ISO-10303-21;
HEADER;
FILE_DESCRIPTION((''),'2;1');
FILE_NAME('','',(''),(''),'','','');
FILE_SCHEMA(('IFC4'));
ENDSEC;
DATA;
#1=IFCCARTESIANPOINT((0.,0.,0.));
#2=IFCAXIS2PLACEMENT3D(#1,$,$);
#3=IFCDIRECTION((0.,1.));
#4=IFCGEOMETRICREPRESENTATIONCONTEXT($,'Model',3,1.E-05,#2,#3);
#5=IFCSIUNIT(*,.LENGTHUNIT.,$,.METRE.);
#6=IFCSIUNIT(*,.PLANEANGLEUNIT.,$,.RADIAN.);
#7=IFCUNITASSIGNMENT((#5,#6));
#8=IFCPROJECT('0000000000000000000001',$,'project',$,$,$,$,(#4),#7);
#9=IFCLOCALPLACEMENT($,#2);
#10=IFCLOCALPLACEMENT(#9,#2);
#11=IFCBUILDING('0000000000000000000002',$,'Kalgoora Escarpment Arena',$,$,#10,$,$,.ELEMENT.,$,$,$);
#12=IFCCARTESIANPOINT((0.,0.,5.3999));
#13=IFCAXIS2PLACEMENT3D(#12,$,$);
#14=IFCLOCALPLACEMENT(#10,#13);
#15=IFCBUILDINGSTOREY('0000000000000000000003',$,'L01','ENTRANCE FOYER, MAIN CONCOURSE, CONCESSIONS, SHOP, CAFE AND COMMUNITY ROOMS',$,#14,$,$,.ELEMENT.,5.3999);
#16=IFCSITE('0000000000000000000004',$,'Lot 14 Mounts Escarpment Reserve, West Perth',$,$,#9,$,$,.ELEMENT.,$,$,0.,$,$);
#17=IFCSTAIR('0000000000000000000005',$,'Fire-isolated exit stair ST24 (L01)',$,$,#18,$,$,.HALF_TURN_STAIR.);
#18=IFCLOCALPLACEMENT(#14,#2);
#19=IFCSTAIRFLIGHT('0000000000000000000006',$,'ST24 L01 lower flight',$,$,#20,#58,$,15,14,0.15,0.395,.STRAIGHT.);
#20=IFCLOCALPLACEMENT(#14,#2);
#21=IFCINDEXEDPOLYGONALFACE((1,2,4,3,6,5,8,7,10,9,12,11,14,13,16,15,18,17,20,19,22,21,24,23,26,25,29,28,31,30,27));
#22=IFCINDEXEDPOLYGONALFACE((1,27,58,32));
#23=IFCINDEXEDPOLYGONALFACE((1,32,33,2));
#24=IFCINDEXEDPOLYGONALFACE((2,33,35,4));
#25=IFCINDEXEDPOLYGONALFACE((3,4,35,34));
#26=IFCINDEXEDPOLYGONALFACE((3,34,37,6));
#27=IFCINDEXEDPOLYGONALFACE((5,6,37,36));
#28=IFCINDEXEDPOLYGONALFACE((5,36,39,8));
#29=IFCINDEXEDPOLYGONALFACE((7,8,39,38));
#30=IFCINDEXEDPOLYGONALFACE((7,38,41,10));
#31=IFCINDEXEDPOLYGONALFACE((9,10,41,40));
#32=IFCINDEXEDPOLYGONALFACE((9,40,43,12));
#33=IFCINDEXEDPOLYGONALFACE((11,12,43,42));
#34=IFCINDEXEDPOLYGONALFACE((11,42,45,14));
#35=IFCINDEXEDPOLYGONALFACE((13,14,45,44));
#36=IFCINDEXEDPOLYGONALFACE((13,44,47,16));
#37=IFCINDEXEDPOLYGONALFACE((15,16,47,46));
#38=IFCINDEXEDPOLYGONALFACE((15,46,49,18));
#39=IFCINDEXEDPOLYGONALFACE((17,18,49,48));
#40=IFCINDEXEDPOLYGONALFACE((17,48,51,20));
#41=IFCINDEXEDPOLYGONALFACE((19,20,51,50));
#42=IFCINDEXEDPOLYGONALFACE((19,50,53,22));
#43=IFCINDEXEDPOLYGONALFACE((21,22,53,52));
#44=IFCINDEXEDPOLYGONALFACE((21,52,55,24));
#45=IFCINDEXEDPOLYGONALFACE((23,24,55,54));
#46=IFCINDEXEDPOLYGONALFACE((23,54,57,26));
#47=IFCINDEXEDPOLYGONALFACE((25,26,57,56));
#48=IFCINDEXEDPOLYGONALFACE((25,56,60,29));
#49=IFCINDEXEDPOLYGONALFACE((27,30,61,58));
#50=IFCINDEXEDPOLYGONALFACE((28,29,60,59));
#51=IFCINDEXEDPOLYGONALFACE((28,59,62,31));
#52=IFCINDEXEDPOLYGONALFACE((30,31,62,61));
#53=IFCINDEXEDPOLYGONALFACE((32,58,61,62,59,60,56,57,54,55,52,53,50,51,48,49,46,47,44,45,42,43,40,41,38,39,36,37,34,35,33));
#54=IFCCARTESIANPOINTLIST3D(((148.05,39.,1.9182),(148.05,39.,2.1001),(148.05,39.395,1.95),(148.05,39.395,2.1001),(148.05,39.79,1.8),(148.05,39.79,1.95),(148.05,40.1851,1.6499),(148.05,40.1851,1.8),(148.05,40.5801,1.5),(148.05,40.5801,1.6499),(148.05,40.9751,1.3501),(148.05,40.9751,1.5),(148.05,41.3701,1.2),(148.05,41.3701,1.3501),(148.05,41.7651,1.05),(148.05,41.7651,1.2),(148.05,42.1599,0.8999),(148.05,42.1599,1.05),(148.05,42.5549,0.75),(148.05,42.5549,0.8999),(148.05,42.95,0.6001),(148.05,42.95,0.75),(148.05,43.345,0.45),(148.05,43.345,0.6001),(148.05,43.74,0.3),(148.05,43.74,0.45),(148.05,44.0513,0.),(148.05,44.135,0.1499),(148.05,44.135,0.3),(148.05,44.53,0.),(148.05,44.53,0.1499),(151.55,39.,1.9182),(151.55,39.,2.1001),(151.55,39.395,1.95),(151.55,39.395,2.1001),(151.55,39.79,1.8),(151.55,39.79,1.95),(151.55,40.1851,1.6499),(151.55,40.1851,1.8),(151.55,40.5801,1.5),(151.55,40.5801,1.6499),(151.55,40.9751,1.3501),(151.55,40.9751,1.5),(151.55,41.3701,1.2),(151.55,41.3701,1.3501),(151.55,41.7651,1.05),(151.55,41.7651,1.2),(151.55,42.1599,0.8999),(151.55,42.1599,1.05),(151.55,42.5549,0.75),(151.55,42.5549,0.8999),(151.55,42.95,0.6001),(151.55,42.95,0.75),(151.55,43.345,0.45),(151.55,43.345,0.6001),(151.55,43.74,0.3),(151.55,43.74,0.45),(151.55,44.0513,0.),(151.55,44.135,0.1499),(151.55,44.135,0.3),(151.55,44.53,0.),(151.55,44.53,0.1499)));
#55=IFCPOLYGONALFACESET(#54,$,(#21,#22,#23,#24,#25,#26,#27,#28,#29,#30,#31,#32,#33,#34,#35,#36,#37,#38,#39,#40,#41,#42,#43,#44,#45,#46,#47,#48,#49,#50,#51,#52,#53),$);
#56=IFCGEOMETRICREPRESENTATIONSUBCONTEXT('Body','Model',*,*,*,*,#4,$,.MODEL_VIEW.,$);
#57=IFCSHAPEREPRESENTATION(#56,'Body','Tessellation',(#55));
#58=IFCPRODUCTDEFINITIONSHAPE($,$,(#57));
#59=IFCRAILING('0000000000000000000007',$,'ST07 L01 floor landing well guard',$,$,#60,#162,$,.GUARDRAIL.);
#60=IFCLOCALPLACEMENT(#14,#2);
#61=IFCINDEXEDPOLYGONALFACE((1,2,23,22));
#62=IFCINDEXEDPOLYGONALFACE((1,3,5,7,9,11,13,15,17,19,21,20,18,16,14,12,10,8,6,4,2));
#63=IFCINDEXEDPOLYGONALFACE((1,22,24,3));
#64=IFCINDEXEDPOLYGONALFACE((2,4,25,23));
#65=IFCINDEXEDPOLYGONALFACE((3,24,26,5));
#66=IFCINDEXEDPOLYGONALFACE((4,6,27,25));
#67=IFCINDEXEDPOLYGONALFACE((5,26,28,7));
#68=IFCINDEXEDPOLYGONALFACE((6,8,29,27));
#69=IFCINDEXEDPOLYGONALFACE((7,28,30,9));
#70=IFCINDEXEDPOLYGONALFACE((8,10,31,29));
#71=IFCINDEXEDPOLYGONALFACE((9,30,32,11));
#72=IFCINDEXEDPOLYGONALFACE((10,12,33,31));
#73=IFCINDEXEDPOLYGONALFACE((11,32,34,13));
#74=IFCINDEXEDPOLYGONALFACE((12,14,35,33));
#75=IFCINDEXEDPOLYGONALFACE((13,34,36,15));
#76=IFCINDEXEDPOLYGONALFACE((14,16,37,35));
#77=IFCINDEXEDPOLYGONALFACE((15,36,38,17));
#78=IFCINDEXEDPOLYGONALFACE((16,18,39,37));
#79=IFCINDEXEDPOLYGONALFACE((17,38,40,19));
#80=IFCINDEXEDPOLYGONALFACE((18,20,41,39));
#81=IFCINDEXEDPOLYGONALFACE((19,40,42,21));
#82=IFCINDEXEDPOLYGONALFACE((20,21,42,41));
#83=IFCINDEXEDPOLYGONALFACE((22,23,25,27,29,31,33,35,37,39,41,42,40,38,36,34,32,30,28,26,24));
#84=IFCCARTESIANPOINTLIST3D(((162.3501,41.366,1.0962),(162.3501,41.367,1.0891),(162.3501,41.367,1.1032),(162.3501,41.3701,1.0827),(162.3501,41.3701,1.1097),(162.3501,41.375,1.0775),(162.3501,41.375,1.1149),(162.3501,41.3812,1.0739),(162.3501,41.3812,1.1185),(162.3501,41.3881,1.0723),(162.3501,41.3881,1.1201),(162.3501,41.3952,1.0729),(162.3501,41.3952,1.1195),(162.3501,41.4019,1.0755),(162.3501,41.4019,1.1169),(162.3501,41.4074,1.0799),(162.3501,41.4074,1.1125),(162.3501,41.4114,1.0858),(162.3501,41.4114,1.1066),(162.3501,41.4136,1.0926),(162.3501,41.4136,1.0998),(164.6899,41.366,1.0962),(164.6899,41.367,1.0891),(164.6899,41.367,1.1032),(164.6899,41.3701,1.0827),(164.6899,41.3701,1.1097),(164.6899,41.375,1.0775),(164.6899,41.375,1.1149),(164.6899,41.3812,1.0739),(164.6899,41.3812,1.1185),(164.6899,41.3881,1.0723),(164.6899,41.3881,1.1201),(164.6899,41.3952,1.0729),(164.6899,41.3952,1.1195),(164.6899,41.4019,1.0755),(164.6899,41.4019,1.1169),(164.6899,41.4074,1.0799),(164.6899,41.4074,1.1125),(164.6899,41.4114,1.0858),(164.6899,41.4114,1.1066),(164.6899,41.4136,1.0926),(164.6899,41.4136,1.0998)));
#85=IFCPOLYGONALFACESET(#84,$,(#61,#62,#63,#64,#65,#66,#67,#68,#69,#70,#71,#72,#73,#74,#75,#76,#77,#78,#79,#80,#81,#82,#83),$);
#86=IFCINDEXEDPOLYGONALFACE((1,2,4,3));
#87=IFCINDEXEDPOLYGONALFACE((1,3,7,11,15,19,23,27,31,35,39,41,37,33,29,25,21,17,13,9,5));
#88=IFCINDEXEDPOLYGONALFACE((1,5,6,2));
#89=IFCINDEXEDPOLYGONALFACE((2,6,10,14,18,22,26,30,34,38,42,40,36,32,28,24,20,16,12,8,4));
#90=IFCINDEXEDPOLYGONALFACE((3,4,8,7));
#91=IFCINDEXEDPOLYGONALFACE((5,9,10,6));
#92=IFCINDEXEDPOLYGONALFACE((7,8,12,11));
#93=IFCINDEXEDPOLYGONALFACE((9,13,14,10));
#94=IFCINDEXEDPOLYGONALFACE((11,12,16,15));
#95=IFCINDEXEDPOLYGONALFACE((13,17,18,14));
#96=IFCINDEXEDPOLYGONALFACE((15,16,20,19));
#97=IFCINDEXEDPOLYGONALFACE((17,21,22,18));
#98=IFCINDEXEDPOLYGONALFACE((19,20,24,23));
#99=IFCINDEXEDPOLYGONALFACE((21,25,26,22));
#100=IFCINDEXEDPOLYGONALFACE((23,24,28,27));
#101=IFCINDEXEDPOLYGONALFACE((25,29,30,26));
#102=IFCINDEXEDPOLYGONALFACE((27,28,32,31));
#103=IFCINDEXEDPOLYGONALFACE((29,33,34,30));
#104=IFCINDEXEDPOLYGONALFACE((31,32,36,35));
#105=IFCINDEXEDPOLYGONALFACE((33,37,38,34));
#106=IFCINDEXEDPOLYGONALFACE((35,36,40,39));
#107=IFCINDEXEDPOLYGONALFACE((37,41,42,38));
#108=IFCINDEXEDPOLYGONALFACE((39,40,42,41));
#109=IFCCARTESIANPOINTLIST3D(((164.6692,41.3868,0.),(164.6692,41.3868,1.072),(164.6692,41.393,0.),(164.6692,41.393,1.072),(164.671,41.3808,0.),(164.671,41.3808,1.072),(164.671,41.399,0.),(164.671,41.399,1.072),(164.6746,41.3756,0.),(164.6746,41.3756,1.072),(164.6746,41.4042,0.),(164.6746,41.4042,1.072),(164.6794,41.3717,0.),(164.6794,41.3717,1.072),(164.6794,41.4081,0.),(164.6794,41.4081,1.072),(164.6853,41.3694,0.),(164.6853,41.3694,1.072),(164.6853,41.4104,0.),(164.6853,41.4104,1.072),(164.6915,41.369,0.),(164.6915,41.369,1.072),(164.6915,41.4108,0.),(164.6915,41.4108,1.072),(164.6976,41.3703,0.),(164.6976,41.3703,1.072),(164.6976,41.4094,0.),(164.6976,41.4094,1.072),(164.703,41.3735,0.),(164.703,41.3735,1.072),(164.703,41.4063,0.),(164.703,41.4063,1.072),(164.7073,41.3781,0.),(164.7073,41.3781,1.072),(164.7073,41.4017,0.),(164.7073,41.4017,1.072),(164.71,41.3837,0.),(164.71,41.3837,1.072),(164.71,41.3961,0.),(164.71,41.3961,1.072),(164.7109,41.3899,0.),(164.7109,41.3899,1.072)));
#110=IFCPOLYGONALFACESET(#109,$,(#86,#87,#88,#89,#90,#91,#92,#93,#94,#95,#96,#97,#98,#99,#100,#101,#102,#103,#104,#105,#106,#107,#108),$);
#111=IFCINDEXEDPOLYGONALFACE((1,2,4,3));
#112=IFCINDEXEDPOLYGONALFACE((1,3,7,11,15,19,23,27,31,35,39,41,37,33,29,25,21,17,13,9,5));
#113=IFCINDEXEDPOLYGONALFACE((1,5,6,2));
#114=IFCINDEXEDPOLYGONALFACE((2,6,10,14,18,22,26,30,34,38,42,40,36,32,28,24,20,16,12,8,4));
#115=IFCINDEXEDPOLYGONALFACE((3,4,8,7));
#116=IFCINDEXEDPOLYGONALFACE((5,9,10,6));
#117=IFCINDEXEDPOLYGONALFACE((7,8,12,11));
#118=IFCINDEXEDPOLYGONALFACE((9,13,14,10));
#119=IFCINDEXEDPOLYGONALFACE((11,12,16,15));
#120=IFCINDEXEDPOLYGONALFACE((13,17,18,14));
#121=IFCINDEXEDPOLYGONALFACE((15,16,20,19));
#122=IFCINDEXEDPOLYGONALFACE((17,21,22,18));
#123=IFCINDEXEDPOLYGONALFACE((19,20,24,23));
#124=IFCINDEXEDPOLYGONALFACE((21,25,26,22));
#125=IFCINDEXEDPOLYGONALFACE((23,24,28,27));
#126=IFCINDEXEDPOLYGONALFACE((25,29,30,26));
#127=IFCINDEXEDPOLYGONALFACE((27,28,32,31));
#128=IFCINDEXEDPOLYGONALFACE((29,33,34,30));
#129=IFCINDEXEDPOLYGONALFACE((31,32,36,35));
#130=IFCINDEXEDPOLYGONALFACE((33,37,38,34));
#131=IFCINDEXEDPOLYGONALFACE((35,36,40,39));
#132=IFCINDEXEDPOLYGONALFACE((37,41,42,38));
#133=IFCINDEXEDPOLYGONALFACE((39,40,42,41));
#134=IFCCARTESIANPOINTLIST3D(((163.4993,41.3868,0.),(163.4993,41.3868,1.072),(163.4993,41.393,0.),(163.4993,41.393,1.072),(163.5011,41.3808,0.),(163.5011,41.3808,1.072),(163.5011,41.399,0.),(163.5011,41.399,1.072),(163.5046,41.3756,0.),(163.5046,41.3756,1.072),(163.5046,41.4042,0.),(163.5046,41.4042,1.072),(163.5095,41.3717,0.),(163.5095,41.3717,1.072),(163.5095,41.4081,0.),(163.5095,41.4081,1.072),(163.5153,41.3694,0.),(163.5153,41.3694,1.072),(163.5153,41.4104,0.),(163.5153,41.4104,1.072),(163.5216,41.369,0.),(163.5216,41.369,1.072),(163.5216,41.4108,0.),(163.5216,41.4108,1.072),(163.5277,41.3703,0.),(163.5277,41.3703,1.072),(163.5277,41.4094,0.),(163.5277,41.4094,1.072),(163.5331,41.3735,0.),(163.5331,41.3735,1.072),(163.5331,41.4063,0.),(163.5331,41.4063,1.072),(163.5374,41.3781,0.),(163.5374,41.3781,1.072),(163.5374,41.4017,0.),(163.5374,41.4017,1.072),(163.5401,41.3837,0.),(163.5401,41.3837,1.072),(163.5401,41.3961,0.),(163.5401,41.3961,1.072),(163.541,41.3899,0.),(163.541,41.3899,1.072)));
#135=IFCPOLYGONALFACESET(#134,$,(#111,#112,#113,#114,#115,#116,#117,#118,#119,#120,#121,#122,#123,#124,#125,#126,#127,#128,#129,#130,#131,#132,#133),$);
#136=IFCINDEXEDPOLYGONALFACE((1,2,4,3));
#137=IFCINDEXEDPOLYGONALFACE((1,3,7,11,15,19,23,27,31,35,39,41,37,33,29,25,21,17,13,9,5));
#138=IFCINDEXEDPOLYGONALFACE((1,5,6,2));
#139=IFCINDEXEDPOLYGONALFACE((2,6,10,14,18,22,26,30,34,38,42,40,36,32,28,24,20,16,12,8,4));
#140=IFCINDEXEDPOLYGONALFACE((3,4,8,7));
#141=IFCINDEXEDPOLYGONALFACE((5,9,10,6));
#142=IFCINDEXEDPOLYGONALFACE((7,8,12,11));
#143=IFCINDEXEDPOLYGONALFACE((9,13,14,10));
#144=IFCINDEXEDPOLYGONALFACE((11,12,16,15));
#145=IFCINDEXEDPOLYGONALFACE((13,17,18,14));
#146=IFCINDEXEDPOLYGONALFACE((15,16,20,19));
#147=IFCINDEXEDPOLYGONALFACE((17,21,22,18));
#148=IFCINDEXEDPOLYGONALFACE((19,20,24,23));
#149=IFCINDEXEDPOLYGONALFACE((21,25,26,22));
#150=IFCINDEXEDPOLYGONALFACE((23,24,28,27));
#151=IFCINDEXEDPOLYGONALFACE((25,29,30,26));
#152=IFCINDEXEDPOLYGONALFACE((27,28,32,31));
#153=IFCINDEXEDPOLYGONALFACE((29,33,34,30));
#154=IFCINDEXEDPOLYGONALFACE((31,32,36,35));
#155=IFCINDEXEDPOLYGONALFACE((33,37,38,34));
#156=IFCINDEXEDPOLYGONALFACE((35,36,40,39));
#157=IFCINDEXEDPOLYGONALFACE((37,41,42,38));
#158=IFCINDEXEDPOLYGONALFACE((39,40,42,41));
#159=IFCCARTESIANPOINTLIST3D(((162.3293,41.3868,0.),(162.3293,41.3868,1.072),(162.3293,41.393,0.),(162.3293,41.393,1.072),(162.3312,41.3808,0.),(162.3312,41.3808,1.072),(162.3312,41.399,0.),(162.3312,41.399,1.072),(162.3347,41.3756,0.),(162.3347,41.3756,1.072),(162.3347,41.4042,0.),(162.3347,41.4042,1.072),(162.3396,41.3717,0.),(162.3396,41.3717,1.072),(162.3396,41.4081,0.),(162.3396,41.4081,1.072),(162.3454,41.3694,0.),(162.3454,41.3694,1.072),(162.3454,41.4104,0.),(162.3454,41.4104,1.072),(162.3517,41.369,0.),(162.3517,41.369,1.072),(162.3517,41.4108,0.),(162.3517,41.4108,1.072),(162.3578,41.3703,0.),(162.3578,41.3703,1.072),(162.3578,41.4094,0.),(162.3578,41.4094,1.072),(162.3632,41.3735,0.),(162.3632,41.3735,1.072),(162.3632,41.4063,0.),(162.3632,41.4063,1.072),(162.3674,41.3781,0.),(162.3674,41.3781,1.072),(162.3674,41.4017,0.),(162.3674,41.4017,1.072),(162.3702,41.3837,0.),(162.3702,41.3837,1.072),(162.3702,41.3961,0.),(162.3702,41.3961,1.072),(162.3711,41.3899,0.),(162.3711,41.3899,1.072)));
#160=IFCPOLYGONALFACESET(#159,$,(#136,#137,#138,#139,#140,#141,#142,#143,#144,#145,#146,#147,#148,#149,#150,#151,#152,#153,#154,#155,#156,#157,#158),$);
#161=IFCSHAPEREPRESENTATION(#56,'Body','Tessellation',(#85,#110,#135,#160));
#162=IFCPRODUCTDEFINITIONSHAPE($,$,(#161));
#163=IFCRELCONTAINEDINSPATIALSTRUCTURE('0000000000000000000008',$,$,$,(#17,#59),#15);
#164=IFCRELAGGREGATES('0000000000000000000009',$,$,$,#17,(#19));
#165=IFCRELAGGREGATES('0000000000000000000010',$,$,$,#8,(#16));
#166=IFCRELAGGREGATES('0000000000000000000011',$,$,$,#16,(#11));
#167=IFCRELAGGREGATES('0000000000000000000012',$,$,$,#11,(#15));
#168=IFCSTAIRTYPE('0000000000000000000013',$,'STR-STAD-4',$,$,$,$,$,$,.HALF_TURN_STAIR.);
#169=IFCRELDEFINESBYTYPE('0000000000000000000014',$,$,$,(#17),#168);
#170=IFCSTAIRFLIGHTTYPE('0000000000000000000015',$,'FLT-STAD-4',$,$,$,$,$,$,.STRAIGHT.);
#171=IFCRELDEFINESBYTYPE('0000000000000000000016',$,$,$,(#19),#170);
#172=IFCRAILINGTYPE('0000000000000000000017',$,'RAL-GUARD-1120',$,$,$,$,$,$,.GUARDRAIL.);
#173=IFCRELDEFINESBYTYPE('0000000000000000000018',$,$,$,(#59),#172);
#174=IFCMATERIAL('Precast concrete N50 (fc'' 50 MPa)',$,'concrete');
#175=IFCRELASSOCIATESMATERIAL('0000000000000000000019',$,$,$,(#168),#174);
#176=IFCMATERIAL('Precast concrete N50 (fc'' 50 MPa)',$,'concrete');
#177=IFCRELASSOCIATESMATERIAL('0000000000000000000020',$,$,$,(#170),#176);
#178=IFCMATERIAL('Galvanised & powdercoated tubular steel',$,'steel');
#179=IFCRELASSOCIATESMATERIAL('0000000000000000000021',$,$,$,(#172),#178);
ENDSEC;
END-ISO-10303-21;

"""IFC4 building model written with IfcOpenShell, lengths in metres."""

from ifc_helpers import new_model, si_unit, direction, frame, origin, origin_2d, place, context, subcontext, project, spatial, polyline, circle, outline, extrude, material, type_object, element, aggregate, save


model = new_model("IFC4")

# Units and contexts
model_context = context("Model", 3, precision=1e-05, world=origin(), true_north=direction((0.0, 1.0)))
body_context = subcontext(model_context, "Body", "Model", "MODEL_VIEW")
ifc_project = project(units=[si_unit("LENGTHUNIT", "METRE"), si_unit("PLANEANGLEUNIT", "RADIAN")], contexts=[model_context])

# Site, building, storey
site_placement = place(None, origin())
site = spatial("IfcSite", under=ifc_project, at=site_placement, Name="Lot 14 Mounts Escarpment Reserve, West Perth", CompositionType="ELEMENT", RefElevation=0.0)
building_placement = place(site_placement, origin())
building = spatial("IfcBuilding", under=site, at=building_placement, Name="Kalgoora Escarpment Arena", CompositionType="ELEMENT")
storey_placement = place(building_placement, frame((0.0, 0.0, 5.3999)))
storey = spatial("IfcBuildingStorey", under=building, at=storey_placement, Name="L01", Description="ENTRANCE FOYER, MAIN CONCOURSE, CONCESSIONS, SHOP, CAFE AND COMMUNITY ROOMS", CompositionType="ELEMENT", Elevation=5.3999)

# Stair, stair flight
ifc_material_1 = material(Name="Precast concrete N50 (fc' 50 MPa)", Category="concrete")
stair_type_1 = type_object("IfcStairType", Name="STR-STAD-4", PredefinedType="HALF_TURN_STAIR", material=ifc_material_1)
stair_1_placement = place(storey_placement, origin())
stair_1 = element("IfcStair", 1, at=stair_1_placement, inside=storey, type_object=stair_type_1, Name="Fire-isolated exit stair ST24 (L01)", PredefinedType="HALF_TURN_STAIR")
ifc_material_2 = material(Name="Precast concrete N50 (fc' 50 MPa)", Category="concrete")
stair_flight_type_1 = type_object("IfcStairFlightType", Name="FLT-STAD-4", PredefinedType="STRAIGHT", material=ifc_material_2)
stair_flight_1_placement = place(storey_placement, frame((149.8, 44.53, 0.0), z_axis=(0.0, 0.0, 1.0), x_axis=(0.0, -1.0, 0.0)))
stair_flight_1 = element("IfcStairFlight", 2, at=stair_flight_1_placement, type_object=stair_flight_type_1, Name="ST24 L01 lower flight", NumberOfRisers=15, NumberOfTreads=14, PredefinedType="STRAIGHT", RiserHeight=0.15, TreadLength=0.395, context=body_context, shape_type="SweptSolid", body=[
    extrude(outline(polyline([(0.0, 0.0), (0.0, 0.1499), (0.395, 0.1499), (0.395, 0.3), (0.79, 0.3), (0.79, 0.45), (1.1851, 0.45), (1.1851, 0.6001), (1.5801, 0.6001), (1.5801, 0.75), (1.9751, 0.75), (1.9751, 0.8999), (2.3701, 0.8999), (2.3701, 1.05), (2.7649, 1.05), (2.7649, 1.2), (3.1599, 1.2), (3.1599, 1.3501), (3.5549, 1.3501), (3.5549, 1.5), (3.95, 1.5), (3.95, 1.6499), (4.345, 1.6499), (4.345, 1.8), (4.74, 1.8), (4.74, 1.95), (5.135, 1.95), (5.135, 2.1001), (5.53, 2.1001), (5.53, 2.25), (5.53, 1.9182), (0.4788, 0.0), (0.0, 0.0)])), frame((0.0, 1.75, 0.0), z_axis=(0.0, -1.0, 0.0), x_axis=(1.0, 0.0, 0.0)), (0.0, 0.0, 1.0), 3.5),
])
aggregate(stair_1, [stair_flight_1])

# Railing
ifc_material_3 = material(Name="Galvanised & powdercoated tubular steel", Category="steel")
railing_type_1 = type_object("IfcRailingType", Name="RAL-GUARD-1120", PredefinedType="GUARDRAIL", material=ifc_material_3)
railing_1_placement = place(storey_placement, frame((164.6899, 41.3899, 0.0)))
element("IfcRailing", 3, at=railing_1_placement, inside=storey, type_object=railing_type_1, Name="ST07 L01 floor landing well guard", PredefinedType="GUARDRAIL", context=body_context, shape_type="SweptSolid", body=[
    extrude(circle(Radius=0.0239, at=origin_2d()), frame((0.0, 0.0, 1.0962), z_axis=(-1.0, 0.0, 0.0), x_axis=(0.0, -1.0, 0.0)), (0.0, 0.0, 1.0), 2.3398),
    extrude(circle(Radius=0.021, at=origin_2d()), origin(), (0.0, 0.0, 1.0), 1.072),
    extrude(circle(Radius=0.021, at=origin_2d()), frame((-1.1699, 0.0, 0.0)), (0.0, 0.0, 1.0), 1.072),
    extrude(circle(Radius=0.021, at=origin_2d()), frame((-2.3398, 0.0, 0.0)), (0.0, 0.0, 1.0), 1.072),
])

save(model, "model.ifc")
